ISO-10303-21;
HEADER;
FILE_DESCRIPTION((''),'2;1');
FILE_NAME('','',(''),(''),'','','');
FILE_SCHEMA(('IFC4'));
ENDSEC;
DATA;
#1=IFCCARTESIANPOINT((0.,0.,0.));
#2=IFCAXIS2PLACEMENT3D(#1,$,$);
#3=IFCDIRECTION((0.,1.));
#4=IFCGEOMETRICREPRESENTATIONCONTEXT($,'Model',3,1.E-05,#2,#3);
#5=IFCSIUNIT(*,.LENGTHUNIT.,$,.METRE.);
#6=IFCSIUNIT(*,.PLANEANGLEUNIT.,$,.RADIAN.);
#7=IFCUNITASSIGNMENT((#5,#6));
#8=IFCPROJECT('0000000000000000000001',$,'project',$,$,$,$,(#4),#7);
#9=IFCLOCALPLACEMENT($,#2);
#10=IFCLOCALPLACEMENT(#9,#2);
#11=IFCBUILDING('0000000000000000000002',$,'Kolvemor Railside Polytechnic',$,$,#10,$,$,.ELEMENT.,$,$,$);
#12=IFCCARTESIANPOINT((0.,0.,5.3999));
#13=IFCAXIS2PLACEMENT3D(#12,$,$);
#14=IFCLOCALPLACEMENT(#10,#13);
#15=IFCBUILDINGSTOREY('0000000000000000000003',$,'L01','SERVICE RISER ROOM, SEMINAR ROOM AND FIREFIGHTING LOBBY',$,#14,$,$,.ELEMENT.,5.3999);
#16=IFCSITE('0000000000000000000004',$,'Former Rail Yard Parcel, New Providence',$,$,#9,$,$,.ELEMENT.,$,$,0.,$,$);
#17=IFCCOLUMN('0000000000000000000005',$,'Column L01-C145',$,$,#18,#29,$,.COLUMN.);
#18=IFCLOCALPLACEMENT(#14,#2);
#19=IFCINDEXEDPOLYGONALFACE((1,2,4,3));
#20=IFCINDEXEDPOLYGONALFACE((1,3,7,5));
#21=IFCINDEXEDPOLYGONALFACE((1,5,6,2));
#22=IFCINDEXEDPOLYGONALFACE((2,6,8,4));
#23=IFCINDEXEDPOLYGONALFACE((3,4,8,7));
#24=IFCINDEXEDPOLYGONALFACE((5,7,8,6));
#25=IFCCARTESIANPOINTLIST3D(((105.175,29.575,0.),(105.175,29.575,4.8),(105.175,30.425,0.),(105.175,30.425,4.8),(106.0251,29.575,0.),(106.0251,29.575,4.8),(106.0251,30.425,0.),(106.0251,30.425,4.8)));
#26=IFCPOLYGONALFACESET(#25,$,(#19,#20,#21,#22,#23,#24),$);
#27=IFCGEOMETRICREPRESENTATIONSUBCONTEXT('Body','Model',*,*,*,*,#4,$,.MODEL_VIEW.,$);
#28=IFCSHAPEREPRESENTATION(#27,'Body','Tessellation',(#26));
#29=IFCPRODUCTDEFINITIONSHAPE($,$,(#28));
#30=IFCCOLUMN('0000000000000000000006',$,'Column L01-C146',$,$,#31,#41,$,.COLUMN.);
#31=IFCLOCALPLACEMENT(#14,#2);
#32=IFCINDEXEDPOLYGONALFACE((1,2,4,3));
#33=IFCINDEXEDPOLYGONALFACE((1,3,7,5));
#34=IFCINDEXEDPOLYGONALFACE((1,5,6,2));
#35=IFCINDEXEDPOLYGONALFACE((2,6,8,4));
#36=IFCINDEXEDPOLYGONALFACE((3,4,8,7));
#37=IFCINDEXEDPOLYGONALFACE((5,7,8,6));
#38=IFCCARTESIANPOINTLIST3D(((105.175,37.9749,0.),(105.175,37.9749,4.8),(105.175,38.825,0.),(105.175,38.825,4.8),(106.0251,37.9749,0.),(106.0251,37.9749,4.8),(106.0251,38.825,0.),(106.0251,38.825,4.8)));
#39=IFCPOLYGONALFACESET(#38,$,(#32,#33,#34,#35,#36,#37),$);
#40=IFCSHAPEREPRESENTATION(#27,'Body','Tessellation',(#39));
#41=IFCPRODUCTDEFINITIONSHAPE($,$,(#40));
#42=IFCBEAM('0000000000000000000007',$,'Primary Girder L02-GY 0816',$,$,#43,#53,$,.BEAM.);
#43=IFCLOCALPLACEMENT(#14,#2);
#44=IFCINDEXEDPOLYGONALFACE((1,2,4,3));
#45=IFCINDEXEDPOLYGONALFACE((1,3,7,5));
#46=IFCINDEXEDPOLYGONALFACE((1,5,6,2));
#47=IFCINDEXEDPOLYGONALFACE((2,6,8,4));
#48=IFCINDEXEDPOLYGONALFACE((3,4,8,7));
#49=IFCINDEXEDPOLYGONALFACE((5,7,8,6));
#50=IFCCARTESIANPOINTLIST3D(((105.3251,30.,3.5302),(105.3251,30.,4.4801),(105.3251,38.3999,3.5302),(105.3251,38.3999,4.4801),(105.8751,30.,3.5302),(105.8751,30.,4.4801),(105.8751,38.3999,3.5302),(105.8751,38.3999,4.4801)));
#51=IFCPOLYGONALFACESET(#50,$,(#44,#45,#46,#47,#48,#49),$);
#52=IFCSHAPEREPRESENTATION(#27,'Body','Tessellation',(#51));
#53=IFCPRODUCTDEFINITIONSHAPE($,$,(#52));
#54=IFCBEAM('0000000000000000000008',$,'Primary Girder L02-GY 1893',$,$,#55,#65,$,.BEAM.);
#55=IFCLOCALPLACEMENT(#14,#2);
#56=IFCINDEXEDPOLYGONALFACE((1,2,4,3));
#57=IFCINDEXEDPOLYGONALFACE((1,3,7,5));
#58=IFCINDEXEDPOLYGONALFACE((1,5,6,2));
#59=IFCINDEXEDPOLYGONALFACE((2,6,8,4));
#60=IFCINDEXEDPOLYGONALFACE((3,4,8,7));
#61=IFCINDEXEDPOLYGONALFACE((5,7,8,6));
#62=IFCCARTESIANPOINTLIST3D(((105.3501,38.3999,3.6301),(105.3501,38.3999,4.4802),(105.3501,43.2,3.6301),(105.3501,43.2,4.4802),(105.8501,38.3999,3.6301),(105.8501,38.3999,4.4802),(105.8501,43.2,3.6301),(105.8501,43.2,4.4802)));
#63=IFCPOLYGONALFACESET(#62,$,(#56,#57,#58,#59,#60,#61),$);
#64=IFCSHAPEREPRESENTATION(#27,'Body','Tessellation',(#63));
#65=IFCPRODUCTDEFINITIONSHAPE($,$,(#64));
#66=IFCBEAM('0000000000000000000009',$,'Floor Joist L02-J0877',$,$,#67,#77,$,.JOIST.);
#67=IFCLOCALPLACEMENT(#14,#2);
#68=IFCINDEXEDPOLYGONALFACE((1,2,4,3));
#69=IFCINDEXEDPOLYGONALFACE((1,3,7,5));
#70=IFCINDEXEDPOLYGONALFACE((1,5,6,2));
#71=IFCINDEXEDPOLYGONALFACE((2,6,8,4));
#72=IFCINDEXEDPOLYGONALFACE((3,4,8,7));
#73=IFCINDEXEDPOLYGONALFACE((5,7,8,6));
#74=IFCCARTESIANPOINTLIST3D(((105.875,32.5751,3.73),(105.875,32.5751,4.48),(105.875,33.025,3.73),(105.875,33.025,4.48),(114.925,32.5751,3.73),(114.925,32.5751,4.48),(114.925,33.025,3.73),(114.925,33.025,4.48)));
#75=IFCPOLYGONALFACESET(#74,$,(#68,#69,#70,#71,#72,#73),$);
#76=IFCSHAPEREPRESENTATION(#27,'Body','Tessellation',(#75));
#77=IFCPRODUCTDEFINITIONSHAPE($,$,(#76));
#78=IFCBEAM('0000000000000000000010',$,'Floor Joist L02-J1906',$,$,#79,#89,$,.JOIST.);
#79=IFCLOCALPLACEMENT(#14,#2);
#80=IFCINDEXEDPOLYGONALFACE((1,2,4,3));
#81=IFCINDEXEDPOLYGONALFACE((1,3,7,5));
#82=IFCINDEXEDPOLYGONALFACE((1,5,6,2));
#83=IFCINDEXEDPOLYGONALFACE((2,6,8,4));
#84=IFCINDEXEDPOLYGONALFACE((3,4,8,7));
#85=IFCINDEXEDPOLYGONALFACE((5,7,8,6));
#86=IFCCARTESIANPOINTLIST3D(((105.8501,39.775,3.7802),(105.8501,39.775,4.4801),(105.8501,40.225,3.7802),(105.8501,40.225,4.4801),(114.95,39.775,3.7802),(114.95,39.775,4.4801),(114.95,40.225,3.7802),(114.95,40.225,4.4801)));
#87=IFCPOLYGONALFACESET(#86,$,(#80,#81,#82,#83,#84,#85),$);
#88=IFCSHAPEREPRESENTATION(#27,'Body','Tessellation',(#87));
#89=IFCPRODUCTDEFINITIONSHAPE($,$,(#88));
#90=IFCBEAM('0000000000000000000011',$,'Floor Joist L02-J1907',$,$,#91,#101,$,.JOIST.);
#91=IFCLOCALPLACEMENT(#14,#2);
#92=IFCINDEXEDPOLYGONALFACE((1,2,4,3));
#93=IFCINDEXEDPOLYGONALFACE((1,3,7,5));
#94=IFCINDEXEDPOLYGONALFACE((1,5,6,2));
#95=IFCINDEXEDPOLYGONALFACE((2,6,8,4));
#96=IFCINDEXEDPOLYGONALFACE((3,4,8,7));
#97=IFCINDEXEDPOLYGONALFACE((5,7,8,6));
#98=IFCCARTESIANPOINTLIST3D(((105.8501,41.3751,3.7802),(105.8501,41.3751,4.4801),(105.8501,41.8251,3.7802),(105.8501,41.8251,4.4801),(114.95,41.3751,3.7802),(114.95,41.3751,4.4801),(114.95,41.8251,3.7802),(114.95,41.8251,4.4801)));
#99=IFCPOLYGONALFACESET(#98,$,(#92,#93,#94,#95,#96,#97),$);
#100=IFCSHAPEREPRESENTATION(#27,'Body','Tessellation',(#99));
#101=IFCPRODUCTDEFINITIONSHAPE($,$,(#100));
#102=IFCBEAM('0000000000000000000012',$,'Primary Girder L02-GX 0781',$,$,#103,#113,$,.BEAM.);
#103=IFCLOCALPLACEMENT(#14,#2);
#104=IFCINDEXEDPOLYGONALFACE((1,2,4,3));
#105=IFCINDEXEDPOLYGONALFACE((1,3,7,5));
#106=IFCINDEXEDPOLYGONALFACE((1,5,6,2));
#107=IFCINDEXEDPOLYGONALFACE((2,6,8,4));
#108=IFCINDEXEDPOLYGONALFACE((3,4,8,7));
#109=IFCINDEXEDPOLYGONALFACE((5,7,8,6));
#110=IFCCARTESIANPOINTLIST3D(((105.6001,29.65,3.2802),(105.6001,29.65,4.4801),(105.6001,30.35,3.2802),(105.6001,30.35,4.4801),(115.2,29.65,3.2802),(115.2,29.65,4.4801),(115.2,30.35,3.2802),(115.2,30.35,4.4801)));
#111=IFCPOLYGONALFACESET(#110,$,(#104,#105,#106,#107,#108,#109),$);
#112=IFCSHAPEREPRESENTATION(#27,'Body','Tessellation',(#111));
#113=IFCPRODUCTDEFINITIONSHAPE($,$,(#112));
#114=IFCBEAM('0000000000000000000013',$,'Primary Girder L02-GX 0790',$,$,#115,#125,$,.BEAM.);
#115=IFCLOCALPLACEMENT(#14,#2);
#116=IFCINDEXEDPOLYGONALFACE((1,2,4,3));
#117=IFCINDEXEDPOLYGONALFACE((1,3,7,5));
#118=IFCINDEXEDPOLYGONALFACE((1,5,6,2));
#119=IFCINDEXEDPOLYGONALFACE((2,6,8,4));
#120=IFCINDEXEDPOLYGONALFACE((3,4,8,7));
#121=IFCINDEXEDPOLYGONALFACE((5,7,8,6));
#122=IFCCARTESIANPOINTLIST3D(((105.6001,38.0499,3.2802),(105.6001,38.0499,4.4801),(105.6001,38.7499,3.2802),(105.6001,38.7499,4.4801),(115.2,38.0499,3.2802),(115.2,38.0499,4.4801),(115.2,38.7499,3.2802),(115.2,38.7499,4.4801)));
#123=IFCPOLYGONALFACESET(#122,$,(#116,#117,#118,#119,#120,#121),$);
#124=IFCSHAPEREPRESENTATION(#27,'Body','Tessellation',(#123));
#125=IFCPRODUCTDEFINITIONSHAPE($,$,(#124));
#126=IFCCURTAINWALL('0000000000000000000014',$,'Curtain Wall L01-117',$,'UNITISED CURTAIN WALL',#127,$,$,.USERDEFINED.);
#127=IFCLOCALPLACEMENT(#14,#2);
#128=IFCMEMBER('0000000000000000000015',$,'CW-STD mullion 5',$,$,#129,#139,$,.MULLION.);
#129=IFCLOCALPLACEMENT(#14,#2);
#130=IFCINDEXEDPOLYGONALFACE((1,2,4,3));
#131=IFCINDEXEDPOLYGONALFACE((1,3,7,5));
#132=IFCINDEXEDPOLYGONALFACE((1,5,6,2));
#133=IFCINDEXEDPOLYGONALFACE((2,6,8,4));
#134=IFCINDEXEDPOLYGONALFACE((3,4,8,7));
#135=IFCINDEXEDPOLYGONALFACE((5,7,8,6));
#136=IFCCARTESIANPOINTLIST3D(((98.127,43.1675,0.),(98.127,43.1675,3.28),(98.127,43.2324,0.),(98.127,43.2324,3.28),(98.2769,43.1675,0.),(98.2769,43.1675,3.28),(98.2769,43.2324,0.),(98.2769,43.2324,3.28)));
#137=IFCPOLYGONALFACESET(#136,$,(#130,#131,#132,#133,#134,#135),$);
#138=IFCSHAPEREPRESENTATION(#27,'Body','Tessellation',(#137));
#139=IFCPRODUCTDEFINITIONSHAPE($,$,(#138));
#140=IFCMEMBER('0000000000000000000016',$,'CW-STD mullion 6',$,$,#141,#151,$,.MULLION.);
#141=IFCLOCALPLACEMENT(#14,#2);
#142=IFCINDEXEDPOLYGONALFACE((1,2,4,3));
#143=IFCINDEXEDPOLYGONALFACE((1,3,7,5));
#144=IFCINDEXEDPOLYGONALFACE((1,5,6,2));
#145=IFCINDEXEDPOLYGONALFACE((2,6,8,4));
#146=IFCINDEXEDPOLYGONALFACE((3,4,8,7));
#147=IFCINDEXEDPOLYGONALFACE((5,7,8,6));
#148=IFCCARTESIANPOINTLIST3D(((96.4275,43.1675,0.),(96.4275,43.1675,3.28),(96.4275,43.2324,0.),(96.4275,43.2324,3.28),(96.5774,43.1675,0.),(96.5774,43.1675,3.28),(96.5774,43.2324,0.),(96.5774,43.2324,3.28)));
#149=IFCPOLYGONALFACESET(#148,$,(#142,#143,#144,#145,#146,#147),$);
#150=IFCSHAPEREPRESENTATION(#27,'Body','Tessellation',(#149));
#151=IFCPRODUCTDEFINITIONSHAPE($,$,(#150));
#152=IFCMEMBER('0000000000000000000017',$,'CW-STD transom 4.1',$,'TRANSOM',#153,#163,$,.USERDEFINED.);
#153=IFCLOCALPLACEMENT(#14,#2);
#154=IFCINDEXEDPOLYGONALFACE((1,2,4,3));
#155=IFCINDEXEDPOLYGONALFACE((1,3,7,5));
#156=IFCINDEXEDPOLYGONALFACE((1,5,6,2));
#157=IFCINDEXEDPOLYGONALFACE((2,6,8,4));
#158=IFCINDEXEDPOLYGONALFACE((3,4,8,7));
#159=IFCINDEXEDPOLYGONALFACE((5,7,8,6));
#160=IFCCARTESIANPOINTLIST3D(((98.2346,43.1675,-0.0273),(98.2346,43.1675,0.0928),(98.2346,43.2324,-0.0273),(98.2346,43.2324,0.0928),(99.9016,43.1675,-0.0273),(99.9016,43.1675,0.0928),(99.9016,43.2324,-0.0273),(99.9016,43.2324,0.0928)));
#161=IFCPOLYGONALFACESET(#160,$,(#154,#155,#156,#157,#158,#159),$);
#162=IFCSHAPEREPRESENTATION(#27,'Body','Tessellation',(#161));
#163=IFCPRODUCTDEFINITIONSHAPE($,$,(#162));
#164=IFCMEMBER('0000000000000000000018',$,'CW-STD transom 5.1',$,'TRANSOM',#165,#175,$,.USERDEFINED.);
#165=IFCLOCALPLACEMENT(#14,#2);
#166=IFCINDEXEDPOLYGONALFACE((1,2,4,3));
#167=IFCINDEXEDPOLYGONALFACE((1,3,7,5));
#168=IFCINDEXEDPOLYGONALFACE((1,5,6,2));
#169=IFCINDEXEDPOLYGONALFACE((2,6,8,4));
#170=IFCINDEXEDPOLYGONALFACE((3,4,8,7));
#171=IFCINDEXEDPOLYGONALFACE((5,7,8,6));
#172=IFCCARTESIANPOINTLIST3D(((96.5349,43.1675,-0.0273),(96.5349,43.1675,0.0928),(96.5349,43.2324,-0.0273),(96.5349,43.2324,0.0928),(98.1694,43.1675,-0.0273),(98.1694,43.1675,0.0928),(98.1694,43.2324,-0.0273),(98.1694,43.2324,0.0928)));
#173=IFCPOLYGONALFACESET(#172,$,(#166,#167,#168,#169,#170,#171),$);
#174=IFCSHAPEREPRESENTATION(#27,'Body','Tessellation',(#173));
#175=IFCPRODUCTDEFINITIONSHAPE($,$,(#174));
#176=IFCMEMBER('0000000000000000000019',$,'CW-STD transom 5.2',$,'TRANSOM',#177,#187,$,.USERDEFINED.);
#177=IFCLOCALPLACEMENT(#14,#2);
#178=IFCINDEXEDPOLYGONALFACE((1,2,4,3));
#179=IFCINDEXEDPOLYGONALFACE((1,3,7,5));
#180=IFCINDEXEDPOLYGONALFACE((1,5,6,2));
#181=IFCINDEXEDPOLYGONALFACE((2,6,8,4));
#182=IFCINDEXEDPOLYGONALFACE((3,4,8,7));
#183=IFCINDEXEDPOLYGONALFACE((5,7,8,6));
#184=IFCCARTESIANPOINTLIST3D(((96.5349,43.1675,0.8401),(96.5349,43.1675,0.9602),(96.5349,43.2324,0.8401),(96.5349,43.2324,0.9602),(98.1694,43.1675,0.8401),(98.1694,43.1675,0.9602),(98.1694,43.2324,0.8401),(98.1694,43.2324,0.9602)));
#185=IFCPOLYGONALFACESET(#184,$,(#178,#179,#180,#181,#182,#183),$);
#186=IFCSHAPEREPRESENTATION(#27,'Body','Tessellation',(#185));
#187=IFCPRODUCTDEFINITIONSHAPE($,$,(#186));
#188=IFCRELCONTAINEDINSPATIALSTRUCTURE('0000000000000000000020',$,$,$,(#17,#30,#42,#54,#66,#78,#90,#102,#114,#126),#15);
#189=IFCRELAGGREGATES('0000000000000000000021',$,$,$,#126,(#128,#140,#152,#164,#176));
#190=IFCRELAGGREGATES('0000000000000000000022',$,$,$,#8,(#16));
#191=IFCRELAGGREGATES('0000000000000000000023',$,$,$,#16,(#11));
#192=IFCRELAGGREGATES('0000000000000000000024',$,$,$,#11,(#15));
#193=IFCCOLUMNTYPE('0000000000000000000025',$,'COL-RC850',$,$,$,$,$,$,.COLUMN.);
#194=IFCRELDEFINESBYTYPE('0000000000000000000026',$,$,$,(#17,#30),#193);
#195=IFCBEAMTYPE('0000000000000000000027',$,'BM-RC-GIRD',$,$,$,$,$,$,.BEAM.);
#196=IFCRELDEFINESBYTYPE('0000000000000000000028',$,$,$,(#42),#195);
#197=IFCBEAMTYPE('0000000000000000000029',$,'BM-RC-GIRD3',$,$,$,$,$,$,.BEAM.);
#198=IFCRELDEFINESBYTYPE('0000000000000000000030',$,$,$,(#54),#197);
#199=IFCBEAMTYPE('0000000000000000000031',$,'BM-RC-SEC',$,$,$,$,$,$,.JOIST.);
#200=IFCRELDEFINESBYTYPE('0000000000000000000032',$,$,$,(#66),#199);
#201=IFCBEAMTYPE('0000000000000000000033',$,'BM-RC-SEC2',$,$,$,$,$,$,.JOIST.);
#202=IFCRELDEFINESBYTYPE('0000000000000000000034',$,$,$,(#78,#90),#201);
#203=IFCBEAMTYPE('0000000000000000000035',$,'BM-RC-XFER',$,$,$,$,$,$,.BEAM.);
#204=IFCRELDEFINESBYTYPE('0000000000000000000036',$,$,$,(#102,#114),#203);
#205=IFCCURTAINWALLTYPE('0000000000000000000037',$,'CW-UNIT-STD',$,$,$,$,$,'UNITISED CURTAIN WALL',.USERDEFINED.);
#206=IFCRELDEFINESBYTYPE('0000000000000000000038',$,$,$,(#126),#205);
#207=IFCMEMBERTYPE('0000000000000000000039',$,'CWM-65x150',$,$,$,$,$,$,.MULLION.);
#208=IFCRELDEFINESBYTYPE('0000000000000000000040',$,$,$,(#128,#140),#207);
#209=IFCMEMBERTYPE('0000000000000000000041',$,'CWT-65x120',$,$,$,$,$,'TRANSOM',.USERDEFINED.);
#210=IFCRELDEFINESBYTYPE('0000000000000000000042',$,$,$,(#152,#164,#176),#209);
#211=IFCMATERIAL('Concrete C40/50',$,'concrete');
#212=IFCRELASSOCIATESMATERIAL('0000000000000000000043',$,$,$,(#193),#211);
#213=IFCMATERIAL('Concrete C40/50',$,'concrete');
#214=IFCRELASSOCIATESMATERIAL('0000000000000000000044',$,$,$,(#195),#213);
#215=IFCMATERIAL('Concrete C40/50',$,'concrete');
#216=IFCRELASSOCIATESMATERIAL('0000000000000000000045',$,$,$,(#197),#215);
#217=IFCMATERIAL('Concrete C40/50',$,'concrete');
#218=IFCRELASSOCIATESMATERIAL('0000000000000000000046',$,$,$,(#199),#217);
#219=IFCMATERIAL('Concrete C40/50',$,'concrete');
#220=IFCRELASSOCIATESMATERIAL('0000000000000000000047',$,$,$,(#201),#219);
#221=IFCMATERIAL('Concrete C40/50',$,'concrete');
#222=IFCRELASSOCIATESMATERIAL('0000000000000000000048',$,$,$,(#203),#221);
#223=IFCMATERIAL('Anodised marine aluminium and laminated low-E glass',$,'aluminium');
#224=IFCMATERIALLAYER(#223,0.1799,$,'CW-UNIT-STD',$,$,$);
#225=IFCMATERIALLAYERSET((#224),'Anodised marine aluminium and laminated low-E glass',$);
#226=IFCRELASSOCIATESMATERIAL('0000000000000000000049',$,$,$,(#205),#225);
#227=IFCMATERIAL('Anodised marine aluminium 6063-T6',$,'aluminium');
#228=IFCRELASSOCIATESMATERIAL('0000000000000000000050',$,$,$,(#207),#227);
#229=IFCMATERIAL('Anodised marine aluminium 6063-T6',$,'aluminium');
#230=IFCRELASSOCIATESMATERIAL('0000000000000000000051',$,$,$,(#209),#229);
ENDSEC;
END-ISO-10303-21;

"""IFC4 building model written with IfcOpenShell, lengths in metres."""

from ifc_helpers import new_model, si_unit, direction, frame, origin, origin_2d, place, context, subcontext, project, spatial, rectangle, extrude, material, layer, layer_set, material_profile, profile_set, type_object, element, aggregate, save


model = new_model("IFC4")

# Units and contexts
model_context = context("Model", 3, precision=1e-05, world=origin(), true_north=direction((0.0, 1.0)))
body_context = subcontext(model_context, "Body", "Model", "MODEL_VIEW")
ifc_project = project(units=[si_unit("LENGTHUNIT", "METRE"), si_unit("PLANEANGLEUNIT", "RADIAN")], contexts=[model_context])

# Site, building, storey
site_placement = place(None, origin())
site = spatial("IfcSite", under=ifc_project, at=site_placement, Name="Former Rail Yard Parcel, New Providence", CompositionType="ELEMENT", RefElevation=0.0)
building_placement = place(site_placement, origin())
building = spatial("IfcBuilding", under=site, at=building_placement, Name="Kolvemor Railside Polytechnic", CompositionType="ELEMENT")
storey_placement = place(building_placement, frame((0.0, 0.0, 5.3999)))
storey = spatial("IfcBuildingStorey", under=building, at=storey_placement, Name="L01", Description="SERVICE RISER ROOM, SEMINAR ROOM AND FIREFIGHTING LOBBY", CompositionType="ELEMENT", Elevation=5.3999)

# Columns
ifc_material_1 = material(Name="Concrete C40/50", Category="concrete")
ifc_material_profile_1 = material_profile(ifc_material_1, rectangle(XDim=0.8501, YDim=0.8501, at=origin_2d()), Name="RC850x850")
ifc_profile_set_1 = profile_set([ifc_material_profile_1], Name="Concrete C40/50")
column_type = type_object("IfcColumnType", Name="COL-RC850", PredefinedType="COLUMN", material=ifc_profile_set_1)
for number, where, z_axis, x_axis, name in (
    (1, (105.6001, 30.0, 0.0), (0.0, 0.0, 1.0), (1.0, 0.0, 0.0), "Column L01-C145"),
    (2, (105.6001, 38.3999, 0.0), (0.0, 0.0, 1.0), (1.0, 0.0, 0.0), "Column L01-C146"),
):
    element("IfcColumn", number, at=place(storey_placement, frame(where, z_axis=z_axis, x_axis=x_axis)), inside=storey, type_object=column_type, Name=name, PredefinedType="COLUMN", context=body_context, shape_type="SweptSolid", body=[
        extrude(rectangle(XDim=0.8501, YDim=0.8501, at=origin_2d()), origin(), (0.0, 0.0, 1.0), 4.8),
    ])

# Beams
ifc_material_2 = material(Name="Concrete C40/50", Category="concrete")
ifc_material_profile_2 = material_profile(ifc_material_2, rectangle(XDim=0.55, YDim=0.95, at=origin_2d()), Name="RC550x950")
ifc_profile_set_2 = profile_set([ifc_material_profile_2], Name="Concrete C40/50")
beam_type_1 = type_object("IfcBeamType", Name="BM-RC-GIRD", PredefinedType="BEAM", material=ifc_profile_set_2)
beam_1_placement = place(storey_placement, frame((105.6001, 30.0, 4.0051), z_axis=(0.0, 1.0, 0.0), x_axis=(-1.0, 0.0, 0.0)))
element("IfcBeam", 3, at=beam_1_placement, inside=storey, type_object=beam_type_1, Name="Primary Girder L02-GY 0816", PredefinedType="BEAM", context=body_context, shape_type="SweptSolid", body=[
    extrude(rectangle(XDim=0.55, YDim=0.95, at=origin_2d()), origin(), (0.0, 0.0, 1.0), 8.3999),
])
ifc_material_3 = material(Name="Concrete C40/50", Category="concrete")
ifc_material_profile_3 = material_profile(ifc_material_3, rectangle(XDim=0.5, YDim=0.8501, at=origin_2d()), Name="RC500x850")
ifc_profile_set_3 = profile_set([ifc_material_profile_3], Name="Concrete C40/50")
beam_type_2 = type_object("IfcBeamType", Name="BM-RC-GIRD3", PredefinedType="BEAM", material=ifc_profile_set_3)
beam_2_placement = place(storey_placement, frame((105.6001, 38.3999, 4.0552), z_axis=(0.0, 1.0, 0.0), x_axis=(-1.0, 0.0, 0.0)))
element("IfcBeam", 4, at=beam_2_placement, inside=storey, type_object=beam_type_2, Name="Primary Girder L02-GY 1893", PredefinedType="BEAM", context=body_context, shape_type="SweptSolid", body=[
    extrude(rectangle(XDim=0.5, YDim=0.8501, at=origin_2d()), origin(), (0.0, 0.0, 1.0), 4.8),
])
ifc_material_4 = material(Name="Concrete C40/50", Category="concrete")
ifc_material_profile_4 = material_profile(ifc_material_4, rectangle(XDim=0.45, YDim=0.75, at=origin_2d()), Name="RC450x750")
ifc_profile_set_4 = profile_set([ifc_material_profile_4], Name="Concrete C40/50")
beam_type_3 = type_object("IfcBeamType", Name="BM-RC-SEC", PredefinedType="JOIST", material=ifc_profile_set_4)
beam_3_placement = place(storey_placement, frame((105.875, 32.8, 4.105), z_axis=(1.0, 0.0, 0.0), x_axis=(0.0, 1.0, 0.0)))
element("IfcBeam", 5, at=beam_3_placement, inside=storey, type_object=beam_type_3, Name="Floor Joist L02-J0877", PredefinedType="JOIST", context=body_context, shape_type="SweptSolid", body=[
    extrude(rectangle(XDim=0.45, YDim=0.75, at=origin_2d()), origin(), (0.0, 0.0, 1.0), 9.05),
])
ifc_material_5 = material(Name="Concrete C40/50", Category="concrete")
ifc_material_profile_5 = material_profile(ifc_material_5, rectangle(XDim=0.45, YDim=0.7, at=origin_2d()), Name="RC450x700")
ifc_profile_set_5 = profile_set([ifc_material_profile_5], Name="Concrete C40/50")
beam_type_4 = type_object("IfcBeamType", Name="BM-RC-SEC2", PredefinedType="JOIST", material=ifc_profile_set_5)
for number, where, z_axis, x_axis, name in (
    (6, (105.8501, 40.0, 4.1301), (1.0, 0.0, 0.0), (0.0, 1.0, 0.0), "Floor Joist L02-J1906"),
    (7, (105.8501, 41.6001, 4.1301), (1.0, 0.0, 0.0), (0.0, 1.0, 0.0), "Floor Joist L02-J1907"),
):
    element("IfcBeam", number, at=place(storey_placement, frame(where, z_axis=z_axis, x_axis=x_axis)), inside=storey, type_object=beam_type_4, Name=name, PredefinedType="JOIST", context=body_context, shape_type="SweptSolid", body=[
        extrude(rectangle(XDim=0.45, YDim=0.7, at=origin_2d()), origin(), (0.0, 0.0, 1.0), 9.0999),
    ])
ifc_material_6 = material(Name="Concrete C40/50", Category="concrete")
ifc_material_profile_6 = material_profile(ifc_material_6, rectangle(XDim=0.7, YDim=1.2, at=origin_2d()), Name="RC700x1200")
ifc_profile_set_6 = profile_set([ifc_material_profile_6], Name="Concrete C40/50")
beam_type_5 = type_object("IfcBeamType", Name="BM-RC-XFER", PredefinedType="BEAM", material=ifc_profile_set_6)
for number, where, z_axis, x_axis, name in (
    (8, (105.6001, 30.0, 3.8801), (1.0, 0.0, 0.0), (0.0, 1.0, 0.0), "Primary Girder L02-GX 0781"),
    (9, (105.6001, 38.3999, 3.8801), (1.0, 0.0, 0.0), (0.0, 1.0, 0.0), "Primary Girder L02-GX 0790"),
):
    element("IfcBeam", number, at=place(storey_placement, frame(where, z_axis=z_axis, x_axis=x_axis)), inside=storey, type_object=beam_type_5, Name=name, PredefinedType="BEAM", context=body_context, shape_type="SweptSolid", body=[
        extrude(rectangle(XDim=0.7, YDim=1.2, at=origin_2d()), origin(), (0.0, 0.0, 1.0), 9.5999),
    ])

# Curtain wall, members
ifc_material_7 = material(Name="Anodised marine aluminium and laminated low-E glass", Category="aluminium")
ifc_layer_1 = layer(ifc_material_7, 0.1799, Name="CW-UNIT-STD")
ifc_layer_set_1 = layer_set([ifc_layer_1], Name="Anodised marine aluminium and laminated low-E glass")
curtain_wall_type = type_object("IfcCurtainWallType", Name="CW-UNIT-STD", ElementType="UNITISED CURTAIN WALL", PredefinedType="USERDEFINED", material=ifc_layer_set_1)
curtain_wall_placement = place(storey_placement, origin())
curtain_wall = element("IfcCurtainWall", 10, at=curtain_wall_placement, inside=storey, type_object=curtain_wall_type, Name="Curtain Wall L01-117", ObjectType="UNITISED CURTAIN WALL", PredefinedType="USERDEFINED")
ifc_material_8 = material(Name="Anodised marine aluminium 6063-T6", Category="aluminium")
ifc_material_profile_7 = material_profile(ifc_material_8, rectangle(XDim=0.0649, YDim=0.1499, at=origin_2d()), Name="CW-MUL-65x150")
ifc_profile_set_7 = profile_set([ifc_material_profile_7], Name="Anodised marine aluminium 6063-T6")
member_type_1 = type_object("IfcMemberType", Name="CWM-65x150", PredefinedType="MULLION", material=ifc_profile_set_7)
member_1_placement = place(storey_placement, frame((98.2019, 43.2, 0.0), z_axis=(0.0, 0.0, 1.0), x_axis=(0.0, -1.0, 0.0)))
member_1 = element("IfcMember", 11, at=member_1_placement, type_object=member_type_1, Name="CW-STD mullion 5", PredefinedType="MULLION", context=body_context, shape_type="SweptSolid", body=[
    extrude(rectangle(XDim=0.0649, YDim=0.1499, at=origin_2d()), origin(), (0.0, 0.0, 1.0), 3.28),
])
member_2_placement = place(storey_placement, frame((96.5024, 43.2, 0.0), z_axis=(0.0, 0.0, 1.0), x_axis=(0.0, -1.0, 0.0)))
member_2 = element("IfcMember", 12, at=member_2_placement, type_object=member_type_1, Name="CW-STD mullion 6", PredefinedType="MULLION", context=body_context, shape_type="SweptSolid", body=[
    extrude(rectangle(XDim=0.0649, YDim=0.1499, at=origin_2d()), origin(), (0.0, 0.0, 1.0), 3.28),
])
ifc_material_9 = material(Name="Anodised marine aluminium 6063-T6", Category="aluminium")
ifc_material_profile_8 = material_profile(ifc_material_9, rectangle(XDim=0.0649, YDim=0.1201, at=origin_2d()), Name="CW-TRN-65x120")
ifc_profile_set_8 = profile_set([ifc_material_profile_8], Name="Anodised marine aluminium 6063-T6")
member_type_2 = type_object("IfcMemberType", Name="CWT-65x120", ElementType="TRANSOM", PredefinedType="USERDEFINED", material=ifc_profile_set_8)
member_3_placement = place(storey_placement, frame((99.9016, 43.2, 0.0327), z_axis=(-1.0, 0.0, 0.0), x_axis=(0.0, -1.0, 0.0)))
member_3 = element("IfcMember", 13, at=member_3_placement, type_object=member_type_2, Name="CW-STD transom 4.1", ObjectType="TRANSOM", PredefinedType="USERDEFINED", context=body_context, shape_type="SweptSolid", body=[
    extrude(rectangle(XDim=0.0649, YDim=0.1201, at=origin_2d()), origin(), (0.0, 0.0, 1.0), 1.667),
])
member_4_placement = place(storey_placement, frame((98.1694, 43.2, 0.0327), z_axis=(-1.0, 0.0, 0.0), x_axis=(0.0, -1.0, 0.0)))
member_4 = element("IfcMember", 14, at=member_4_placement, type_object=member_type_2, Name="CW-STD transom 5.1", ObjectType="TRANSOM", PredefinedType="USERDEFINED", context=body_context, shape_type="SweptSolid", body=[
    extrude(rectangle(XDim=0.0649, YDim=0.1201, at=origin_2d()), origin(), (0.0, 0.0, 1.0), 1.6345),
])
member_5_placement = place(storey_placement, frame((98.1694, 43.2, 0.9001), z_axis=(-1.0, 0.0, 0.0), x_axis=(0.0, -1.0, 0.0)))
member_5 = element("IfcMember", 15, at=member_5_placement, type_object=member_type_2, Name="CW-STD transom 5.2", ObjectType="TRANSOM", PredefinedType="USERDEFINED", context=body_context, shape_type="SweptSolid", body=[
    extrude(rectangle(XDim=0.0649, YDim=0.1201, at=origin_2d()), origin(), (0.0, 0.0, 1.0), 1.6345),
])
aggregate(curtain_wall, [member_1, member_2, member_3, member_4, member_5])

save(model, "model.ifc")
